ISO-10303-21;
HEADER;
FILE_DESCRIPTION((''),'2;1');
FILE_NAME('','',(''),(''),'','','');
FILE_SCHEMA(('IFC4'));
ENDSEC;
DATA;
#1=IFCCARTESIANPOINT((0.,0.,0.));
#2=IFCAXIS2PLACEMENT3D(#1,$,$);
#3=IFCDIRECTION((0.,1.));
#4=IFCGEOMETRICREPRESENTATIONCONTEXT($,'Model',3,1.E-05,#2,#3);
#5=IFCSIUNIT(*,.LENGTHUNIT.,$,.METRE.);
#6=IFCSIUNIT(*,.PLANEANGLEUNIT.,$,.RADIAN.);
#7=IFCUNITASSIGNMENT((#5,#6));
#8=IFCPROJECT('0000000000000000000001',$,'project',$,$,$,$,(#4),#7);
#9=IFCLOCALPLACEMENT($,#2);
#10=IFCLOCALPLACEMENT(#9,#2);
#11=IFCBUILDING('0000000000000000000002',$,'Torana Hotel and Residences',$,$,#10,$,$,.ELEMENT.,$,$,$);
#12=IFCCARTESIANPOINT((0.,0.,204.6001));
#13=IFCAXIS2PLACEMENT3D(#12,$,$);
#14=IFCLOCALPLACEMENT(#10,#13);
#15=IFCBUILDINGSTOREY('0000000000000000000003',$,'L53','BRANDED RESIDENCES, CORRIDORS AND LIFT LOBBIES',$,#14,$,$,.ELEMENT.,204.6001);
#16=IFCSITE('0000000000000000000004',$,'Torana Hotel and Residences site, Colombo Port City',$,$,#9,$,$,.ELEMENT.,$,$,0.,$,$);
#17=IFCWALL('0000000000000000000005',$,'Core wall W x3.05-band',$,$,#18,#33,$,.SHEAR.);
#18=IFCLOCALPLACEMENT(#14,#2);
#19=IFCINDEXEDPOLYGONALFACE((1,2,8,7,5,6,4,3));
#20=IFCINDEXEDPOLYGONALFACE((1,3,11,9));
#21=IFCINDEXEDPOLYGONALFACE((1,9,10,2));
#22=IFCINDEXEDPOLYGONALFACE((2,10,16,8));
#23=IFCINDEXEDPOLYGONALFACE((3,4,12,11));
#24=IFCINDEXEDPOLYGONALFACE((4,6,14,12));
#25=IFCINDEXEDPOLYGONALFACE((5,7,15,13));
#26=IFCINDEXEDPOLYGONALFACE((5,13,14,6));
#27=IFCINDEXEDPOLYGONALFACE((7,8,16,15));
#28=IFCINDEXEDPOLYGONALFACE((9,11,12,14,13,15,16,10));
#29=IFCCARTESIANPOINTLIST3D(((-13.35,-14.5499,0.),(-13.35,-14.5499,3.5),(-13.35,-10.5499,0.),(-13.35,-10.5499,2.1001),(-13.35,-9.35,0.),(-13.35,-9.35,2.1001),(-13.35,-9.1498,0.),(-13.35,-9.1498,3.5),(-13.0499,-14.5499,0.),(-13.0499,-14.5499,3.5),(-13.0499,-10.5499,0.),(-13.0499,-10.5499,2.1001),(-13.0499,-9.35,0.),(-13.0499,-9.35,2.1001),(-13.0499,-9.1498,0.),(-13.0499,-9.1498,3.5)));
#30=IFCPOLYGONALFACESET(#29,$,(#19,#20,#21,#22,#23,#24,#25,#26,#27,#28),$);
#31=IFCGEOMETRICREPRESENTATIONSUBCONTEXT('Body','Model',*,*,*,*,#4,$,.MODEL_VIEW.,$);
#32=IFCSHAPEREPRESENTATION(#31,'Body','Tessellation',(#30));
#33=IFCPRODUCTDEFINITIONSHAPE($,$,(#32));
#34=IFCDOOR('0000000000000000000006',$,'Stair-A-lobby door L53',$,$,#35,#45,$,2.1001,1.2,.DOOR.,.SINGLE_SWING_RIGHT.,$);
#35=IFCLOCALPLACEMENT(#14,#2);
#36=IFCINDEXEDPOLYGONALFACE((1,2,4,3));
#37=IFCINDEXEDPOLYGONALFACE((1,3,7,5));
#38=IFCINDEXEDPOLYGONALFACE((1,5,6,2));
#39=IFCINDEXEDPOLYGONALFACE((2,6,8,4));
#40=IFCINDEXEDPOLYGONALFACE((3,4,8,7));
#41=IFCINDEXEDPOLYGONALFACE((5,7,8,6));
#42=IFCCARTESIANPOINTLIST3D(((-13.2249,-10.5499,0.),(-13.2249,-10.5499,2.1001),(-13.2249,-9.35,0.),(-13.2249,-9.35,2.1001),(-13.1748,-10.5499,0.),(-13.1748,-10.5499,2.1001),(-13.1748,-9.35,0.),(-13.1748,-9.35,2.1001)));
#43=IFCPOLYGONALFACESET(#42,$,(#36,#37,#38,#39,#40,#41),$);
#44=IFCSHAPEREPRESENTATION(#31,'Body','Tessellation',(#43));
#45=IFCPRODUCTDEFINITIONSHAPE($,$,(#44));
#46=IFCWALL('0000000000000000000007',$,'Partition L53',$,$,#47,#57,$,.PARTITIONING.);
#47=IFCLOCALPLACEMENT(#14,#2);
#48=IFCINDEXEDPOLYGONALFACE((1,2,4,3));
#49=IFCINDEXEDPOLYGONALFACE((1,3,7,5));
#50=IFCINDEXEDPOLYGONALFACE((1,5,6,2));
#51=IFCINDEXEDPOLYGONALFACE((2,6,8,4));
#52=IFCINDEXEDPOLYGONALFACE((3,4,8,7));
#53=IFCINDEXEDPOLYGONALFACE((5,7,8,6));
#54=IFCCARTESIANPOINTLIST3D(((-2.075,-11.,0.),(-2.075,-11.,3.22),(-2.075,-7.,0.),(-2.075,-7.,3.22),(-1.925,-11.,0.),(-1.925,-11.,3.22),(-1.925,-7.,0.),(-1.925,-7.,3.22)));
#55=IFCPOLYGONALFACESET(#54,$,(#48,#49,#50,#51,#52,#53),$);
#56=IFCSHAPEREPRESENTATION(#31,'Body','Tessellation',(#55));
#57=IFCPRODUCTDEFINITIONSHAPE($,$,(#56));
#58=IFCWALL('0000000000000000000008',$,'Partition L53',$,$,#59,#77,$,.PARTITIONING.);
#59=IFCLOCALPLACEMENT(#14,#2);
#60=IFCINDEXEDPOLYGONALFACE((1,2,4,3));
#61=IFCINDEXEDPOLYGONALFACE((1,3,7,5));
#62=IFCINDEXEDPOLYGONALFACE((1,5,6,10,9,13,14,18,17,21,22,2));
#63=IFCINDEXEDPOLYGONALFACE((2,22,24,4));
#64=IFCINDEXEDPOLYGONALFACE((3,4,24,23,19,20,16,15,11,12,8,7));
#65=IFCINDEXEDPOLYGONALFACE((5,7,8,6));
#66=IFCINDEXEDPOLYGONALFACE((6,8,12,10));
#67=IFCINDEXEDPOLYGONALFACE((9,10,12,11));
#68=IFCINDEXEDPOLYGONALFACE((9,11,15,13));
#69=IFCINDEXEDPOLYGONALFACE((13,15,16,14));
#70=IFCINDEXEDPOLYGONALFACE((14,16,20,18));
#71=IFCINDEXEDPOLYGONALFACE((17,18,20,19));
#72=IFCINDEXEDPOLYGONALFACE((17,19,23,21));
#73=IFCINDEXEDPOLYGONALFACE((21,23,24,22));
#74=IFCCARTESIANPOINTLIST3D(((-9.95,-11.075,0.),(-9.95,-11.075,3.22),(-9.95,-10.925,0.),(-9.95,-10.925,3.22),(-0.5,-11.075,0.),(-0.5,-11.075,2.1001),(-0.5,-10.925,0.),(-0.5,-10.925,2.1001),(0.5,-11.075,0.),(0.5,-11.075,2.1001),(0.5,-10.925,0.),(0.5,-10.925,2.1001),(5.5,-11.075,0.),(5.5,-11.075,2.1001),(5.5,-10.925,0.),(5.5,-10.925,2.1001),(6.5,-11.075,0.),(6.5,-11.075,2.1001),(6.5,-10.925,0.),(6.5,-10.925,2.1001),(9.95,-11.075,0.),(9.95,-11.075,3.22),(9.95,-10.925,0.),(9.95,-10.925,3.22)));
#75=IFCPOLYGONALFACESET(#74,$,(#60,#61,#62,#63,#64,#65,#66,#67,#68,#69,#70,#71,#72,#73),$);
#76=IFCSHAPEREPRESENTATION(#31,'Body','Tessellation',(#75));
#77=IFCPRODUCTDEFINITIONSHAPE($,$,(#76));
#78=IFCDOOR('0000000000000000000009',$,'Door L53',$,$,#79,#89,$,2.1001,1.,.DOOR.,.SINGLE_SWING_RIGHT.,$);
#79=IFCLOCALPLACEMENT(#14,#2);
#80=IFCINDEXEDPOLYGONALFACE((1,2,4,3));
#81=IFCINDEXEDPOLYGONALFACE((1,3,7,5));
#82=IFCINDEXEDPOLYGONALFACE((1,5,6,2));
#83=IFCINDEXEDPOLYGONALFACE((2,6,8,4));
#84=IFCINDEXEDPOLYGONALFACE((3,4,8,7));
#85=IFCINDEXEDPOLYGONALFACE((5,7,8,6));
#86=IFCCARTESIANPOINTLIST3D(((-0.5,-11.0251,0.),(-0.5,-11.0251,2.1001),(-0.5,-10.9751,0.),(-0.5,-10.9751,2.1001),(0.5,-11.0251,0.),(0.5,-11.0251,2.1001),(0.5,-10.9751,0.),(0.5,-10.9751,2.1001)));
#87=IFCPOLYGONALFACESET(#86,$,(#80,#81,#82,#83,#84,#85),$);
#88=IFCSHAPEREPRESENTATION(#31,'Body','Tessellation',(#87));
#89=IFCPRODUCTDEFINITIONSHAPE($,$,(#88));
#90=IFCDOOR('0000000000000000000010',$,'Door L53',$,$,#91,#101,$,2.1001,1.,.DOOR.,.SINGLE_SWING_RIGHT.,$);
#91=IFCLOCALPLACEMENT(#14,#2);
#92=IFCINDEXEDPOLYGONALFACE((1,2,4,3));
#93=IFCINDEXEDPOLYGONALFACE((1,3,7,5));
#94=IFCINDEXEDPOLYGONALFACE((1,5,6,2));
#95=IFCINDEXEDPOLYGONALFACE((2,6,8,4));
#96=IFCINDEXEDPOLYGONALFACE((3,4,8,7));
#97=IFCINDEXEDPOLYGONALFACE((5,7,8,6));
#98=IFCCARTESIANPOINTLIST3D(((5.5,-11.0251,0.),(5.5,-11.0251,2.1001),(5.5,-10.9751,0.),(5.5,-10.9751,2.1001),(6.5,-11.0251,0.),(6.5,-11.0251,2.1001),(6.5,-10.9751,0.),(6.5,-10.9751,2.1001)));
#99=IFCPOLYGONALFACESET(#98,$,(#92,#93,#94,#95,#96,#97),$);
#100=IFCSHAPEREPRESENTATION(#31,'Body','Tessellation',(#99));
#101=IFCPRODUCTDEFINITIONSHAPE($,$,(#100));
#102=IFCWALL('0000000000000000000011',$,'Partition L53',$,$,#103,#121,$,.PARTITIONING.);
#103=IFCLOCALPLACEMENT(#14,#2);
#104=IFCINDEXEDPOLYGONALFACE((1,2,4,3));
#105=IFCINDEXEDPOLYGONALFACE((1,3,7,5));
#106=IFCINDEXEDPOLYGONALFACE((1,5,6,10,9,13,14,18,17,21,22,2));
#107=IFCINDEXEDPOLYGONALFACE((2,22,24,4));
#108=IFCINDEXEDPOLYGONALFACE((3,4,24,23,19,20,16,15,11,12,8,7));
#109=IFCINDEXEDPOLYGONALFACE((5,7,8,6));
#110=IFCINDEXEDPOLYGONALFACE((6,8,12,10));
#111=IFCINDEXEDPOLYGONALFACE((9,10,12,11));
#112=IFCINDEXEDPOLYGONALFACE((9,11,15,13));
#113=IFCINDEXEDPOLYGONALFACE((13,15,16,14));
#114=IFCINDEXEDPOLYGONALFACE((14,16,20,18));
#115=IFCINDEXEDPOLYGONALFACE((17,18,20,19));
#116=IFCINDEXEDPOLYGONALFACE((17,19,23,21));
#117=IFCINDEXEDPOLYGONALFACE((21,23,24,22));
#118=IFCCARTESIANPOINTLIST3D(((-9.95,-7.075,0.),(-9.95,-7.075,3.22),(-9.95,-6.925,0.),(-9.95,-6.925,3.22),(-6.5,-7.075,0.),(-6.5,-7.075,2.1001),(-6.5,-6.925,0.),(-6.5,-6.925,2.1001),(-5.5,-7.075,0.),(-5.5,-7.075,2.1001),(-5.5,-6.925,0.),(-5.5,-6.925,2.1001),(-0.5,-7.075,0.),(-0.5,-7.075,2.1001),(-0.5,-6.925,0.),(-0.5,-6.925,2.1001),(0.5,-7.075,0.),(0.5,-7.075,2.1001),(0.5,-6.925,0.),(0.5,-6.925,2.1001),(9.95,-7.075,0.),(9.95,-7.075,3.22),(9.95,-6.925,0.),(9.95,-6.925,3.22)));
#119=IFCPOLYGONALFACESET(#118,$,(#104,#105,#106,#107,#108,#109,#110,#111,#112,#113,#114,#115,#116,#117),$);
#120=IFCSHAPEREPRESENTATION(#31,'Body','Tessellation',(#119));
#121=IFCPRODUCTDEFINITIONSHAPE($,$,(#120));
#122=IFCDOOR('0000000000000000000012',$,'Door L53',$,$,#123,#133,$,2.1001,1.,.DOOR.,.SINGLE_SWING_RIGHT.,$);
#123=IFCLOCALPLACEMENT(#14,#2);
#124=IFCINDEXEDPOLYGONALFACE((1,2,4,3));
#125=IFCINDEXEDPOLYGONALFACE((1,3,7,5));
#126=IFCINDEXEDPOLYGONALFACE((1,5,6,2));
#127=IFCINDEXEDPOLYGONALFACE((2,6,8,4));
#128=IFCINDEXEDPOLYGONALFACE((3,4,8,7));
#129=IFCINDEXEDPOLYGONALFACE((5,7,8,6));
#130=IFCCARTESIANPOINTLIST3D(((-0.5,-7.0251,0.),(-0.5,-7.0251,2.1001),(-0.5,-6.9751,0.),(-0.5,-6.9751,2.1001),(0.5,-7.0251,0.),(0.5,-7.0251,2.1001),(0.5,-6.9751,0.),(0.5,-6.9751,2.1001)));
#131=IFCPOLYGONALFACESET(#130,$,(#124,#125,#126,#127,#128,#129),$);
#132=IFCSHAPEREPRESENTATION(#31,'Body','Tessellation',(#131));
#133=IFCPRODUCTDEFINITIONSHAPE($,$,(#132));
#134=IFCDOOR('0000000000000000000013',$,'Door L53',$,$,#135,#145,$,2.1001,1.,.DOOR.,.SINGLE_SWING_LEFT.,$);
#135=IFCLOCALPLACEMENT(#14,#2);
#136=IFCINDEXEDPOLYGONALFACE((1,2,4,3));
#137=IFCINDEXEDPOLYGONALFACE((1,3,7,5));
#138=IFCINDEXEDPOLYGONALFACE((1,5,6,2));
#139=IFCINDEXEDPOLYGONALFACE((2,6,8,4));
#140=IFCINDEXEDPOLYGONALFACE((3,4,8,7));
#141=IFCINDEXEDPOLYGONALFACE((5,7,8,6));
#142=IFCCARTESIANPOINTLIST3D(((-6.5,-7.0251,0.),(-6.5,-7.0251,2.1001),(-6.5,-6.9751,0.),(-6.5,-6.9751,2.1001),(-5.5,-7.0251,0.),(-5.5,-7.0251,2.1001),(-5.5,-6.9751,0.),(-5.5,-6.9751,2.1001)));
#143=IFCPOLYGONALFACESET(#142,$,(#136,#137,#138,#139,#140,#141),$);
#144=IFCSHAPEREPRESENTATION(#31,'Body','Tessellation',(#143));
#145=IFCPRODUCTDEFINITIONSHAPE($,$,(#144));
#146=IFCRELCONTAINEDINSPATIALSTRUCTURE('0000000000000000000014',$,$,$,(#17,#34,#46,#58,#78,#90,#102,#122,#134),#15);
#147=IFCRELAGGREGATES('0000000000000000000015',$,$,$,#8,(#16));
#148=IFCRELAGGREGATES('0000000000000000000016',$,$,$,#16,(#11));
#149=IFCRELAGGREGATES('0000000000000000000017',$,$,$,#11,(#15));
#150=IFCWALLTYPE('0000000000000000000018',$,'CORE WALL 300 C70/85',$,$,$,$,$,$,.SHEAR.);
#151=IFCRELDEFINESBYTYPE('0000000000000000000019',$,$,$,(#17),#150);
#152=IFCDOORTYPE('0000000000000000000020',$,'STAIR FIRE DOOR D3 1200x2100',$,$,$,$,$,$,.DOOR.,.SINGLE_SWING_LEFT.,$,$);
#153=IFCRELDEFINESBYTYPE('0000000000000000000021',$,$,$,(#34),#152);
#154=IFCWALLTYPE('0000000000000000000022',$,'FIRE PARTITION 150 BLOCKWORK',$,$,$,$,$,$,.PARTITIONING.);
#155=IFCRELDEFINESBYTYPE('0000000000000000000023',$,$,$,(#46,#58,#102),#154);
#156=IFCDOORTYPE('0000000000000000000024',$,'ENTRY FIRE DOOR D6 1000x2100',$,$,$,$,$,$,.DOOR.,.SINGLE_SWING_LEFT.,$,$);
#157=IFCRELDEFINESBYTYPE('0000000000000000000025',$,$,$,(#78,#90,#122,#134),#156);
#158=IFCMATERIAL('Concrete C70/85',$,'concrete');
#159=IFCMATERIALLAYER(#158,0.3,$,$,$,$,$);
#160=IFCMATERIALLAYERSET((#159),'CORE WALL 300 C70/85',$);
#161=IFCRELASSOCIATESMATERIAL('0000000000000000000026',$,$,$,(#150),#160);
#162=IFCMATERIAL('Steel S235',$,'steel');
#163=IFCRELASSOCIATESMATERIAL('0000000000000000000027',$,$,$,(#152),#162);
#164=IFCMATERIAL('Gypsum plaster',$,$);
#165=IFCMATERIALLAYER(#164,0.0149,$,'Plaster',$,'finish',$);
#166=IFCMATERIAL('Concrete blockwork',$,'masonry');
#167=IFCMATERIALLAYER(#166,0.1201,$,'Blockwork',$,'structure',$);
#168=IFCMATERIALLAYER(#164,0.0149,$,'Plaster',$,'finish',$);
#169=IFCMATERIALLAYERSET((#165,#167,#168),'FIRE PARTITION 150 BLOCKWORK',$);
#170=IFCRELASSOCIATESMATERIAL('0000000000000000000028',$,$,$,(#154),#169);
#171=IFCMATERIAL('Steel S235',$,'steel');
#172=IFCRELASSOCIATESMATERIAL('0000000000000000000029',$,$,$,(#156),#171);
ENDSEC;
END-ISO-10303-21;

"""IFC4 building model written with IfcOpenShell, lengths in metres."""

from ifc_helpers import new_model, si_unit, direction, frame, frame_2d, origin, place, context, subcontext, project, spatial, rectangle, extrude, material, layer, layer_set, type_object, element, fill, save


model = new_model("IFC4")

# Units and contexts
model_context = context("Model", 3, precision=1e-05, world=origin(), true_north=direction((0.0, 1.0)))
body_context = subcontext(model_context, "Body", "Model", "MODEL_VIEW")
ifc_project = project(units=[si_unit("LENGTHUNIT", "METRE"), si_unit("PLANEANGLEUNIT", "RADIAN")], contexts=[model_context])

# Site, building, storey
site_placement = place(None, origin())
site = spatial("IfcSite", under=ifc_project, at=site_placement, Name="Torana Hotel and Residences site, Colombo Port City", CompositionType="ELEMENT", RefElevation=0.0)
building_placement = place(site_placement, origin())
building = spatial("IfcBuilding", under=site, at=building_placement, Name="Torana Hotel and Residences", CompositionType="ELEMENT")
storey_placement = place(building_placement, frame((0.0, 0.0, 204.6001)))
storey = spatial("IfcBuildingStorey", under=building, at=storey_placement, Name="L53", Description="BRANDED RESIDENCES, CORRIDORS AND LIFT LOBBIES", CompositionType="ELEMENT", Elevation=204.6001)

# Shared definitions
ifc_material_1 = material(Name="Concrete C70/85", Category="concrete")
ifc_layer_1 = layer(ifc_material_1, 0.3)
ifc_layer_set_1 = layer_set([ifc_layer_1], Name="CORE WALL 300 C70/85")
wall_type_1 = type_object("IfcWallType", Name="CORE WALL 300 C70/85", PredefinedType="SHEAR", material=ifc_layer_set_1)

# Wall, opening, door
wall_1_placement = place(storey_placement, frame((-13.2, -14.55, 0.0), z_axis=(0.0, 0.0, 1.0), x_axis=(0.0, 1.0, 0.0)))
wall_1 = element("IfcWall", 1, at=wall_1_placement, inside=storey, type_object=wall_type_1, Name="Core wall W x3.05-band", PredefinedType="SHEAR", context=body_context, shape_type="SweptSolid", body=[
    extrude(rectangle(XDim=5.4001, YDim=0.3, at=frame_2d((2.7002, 0.0))), origin(), (0.0, 0.0, 1.0), 3.5),
])
opening_1_placement = place(wall_1_placement, frame((4.0, 0.0, 0.0)))
opening_1 = element("IfcOpeningElement", 2, at=opening_1_placement, cuts=wall_1, PredefinedType="OPENING", context=body_context, shape_type="SweptSolid", body=[
    extrude(rectangle(XDim=1.2, YDim=2.1001, at=frame_2d((0.6001, 1.05))), frame((0.0, 0.1599, 0.0), z_axis=(0.0, -1.0, 0.0), x_axis=(1.0, 0.0, 0.0)), (0.0, 0.0, 1.0), 0.3201),
])
ifc_material_2 = material(Name="Steel S235", Category="steel")
door_type_1 = type_object("IfcDoorType", Name="STAIR FIRE DOOR D3 1200x2100", OperationType="SINGLE_SWING_LEFT", PredefinedType="DOOR", material=ifc_material_2)
door_1_placement = place(opening_1_placement, frame((0.6001, 0.0, 0.0), z_axis=(0.0, 0.0, 1.0), x_axis=(-1.0, 0.0, 0.0)))
door_1 = element("IfcDoor", 3, at=door_1_placement, inside=storey, type_object=door_type_1, Name="Stair-A-lobby door L53", OperationType="SINGLE_SWING_RIGHT", OverallHeight=2.1001, OverallWidth=1.2, PredefinedType="DOOR", context=body_context, shape_type="SweptSolid", body=[
    extrude(rectangle(XDim=1.2, YDim=2.1001, at=frame_2d((0.0, 1.05))), frame((0.0, -0.0249, 0.0), z_axis=(0.0, 1.0, 0.0), x_axis=(-1.0, 0.0, 0.0)), (0.0, 0.0, 1.0), 0.05),
])
fill(opening_1, door_1)

# Wall
ifc_material_3 = material(Name="Gypsum plaster")
ifc_layer_2 = layer(ifc_material_3, 0.0149, Name="Plaster", Category="finish")
ifc_material_4 = material(Name="Concrete blockwork", Category="masonry")
ifc_layer_3 = layer(ifc_material_4, 0.1201, Name="Blockwork", Category="structure")
ifc_layer_4 = layer(ifc_material_3, 0.0149, Name="Plaster", Category="finish")
ifc_layer_set_2 = layer_set([ifc_layer_2, ifc_layer_3, ifc_layer_4], Name="FIRE PARTITION 150 BLOCKWORK")
wall_type_2 = type_object("IfcWallType", Name="FIRE PARTITION 150 BLOCKWORK", PredefinedType="PARTITIONING", material=ifc_layer_set_2)
wall_2_placement = place(storey_placement, frame((-2.0, -11.0, 0.0), z_axis=(0.0, 0.0, 1.0), x_axis=(0.0, 1.0, 0.0)))
element("IfcWall", 4, at=wall_2_placement, inside=storey, type_object=wall_type_2, Name="Partition L53", PredefinedType="PARTITIONING", context=body_context, shape_type="SweptSolid", body=[
    extrude(rectangle(XDim=4.0, YDim=0.1499, at=frame_2d((2.0, 0.0))), origin(), (0.0, 0.0, 1.0), 3.22),
])

# Walls, openings, doors
wall_3_placement = place(storey_placement, frame((-9.95, -11.0, 0.0), z_axis=(0.0, 0.0, 1.0), x_axis=(1.0, 0.0, 0.0)))
wall_3 = element("IfcWall", 5, at=wall_3_placement, inside=storey, type_object=wall_type_2, Name="Partition L53", PredefinedType="PARTITIONING", context=body_context, shape_type="SweptSolid", body=[
    extrude(rectangle(XDim=19.8999, YDim=0.1499, at=frame_2d((9.95, 0.0))), origin(), (0.0, 0.0, 1.0), 3.22),
])
opening_2_placement = place(wall_3_placement, frame((9.45, 0.0, 0.0)))
opening_2 = element("IfcOpeningElement", 6, at=opening_2_placement, cuts=wall_3, PredefinedType="OPENING", context=body_context, shape_type="SweptSolid", body=[
    extrude(rectangle(XDim=1.0, YDim=2.1001, at=frame_2d((0.5, 1.05))), frame((0.0, 0.085, 0.0), z_axis=(0.0, -1.0, 0.0), x_axis=(1.0, 0.0, 0.0)), (0.0, 0.0, 1.0), 0.1699),
])
opening_3_placement = place(wall_3_placement, frame((15.45, 0.0, 0.0)))
opening_3 = element("IfcOpeningElement", 7, at=opening_3_placement, cuts=wall_3, PredefinedType="OPENING", context=body_context, shape_type="SweptSolid", body=[
    extrude(rectangle(XDim=1.0, YDim=2.1001, at=frame_2d((0.5, 1.05))), frame((0.0, 0.085, 0.0), z_axis=(0.0, -1.0, 0.0), x_axis=(1.0, 0.0, 0.0)), (0.0, 0.0, 1.0), 0.1699),
])
ifc_material_5 = material(Name="Steel S235", Category="steel")
door_type_2 = type_object("IfcDoorType", Name="ENTRY FIRE DOOR D6 1000x2100", OperationType="SINGLE_SWING_LEFT", PredefinedType="DOOR", material=ifc_material_5)
door_2_placement = place(opening_2_placement, origin())
door_2 = element("IfcDoor", 8, at=door_2_placement, inside=storey, type_object=door_type_2, Name="Door L53", OperationType="SINGLE_SWING_RIGHT", OverallHeight=2.1001, OverallWidth=1.0, PredefinedType="DOOR", context=body_context, shape_type="SweptSolid", body=[
    extrude(rectangle(XDim=1.0, YDim=2.1001, at=frame_2d((0.5, 1.05))), frame((0.0, 0.0249, 0.0), z_axis=(0.0, -1.0, 0.0), x_axis=(1.0, 0.0, 0.0)), (0.0, 0.0, 1.0), 0.05),
])
fill(opening_2, door_2)
door_3_placement = place(opening_3_placement, origin())
door_3 = element("IfcDoor", 9, at=door_3_placement, inside=storey, type_object=door_type_2, Name="Door L53", OperationType="SINGLE_SWING_RIGHT", OverallHeight=2.1001, OverallWidth=1.0, PredefinedType="DOOR", context=body_context, shape_type="SweptSolid", body=[
    extrude(rectangle(XDim=1.0, YDim=2.1001, at=frame_2d((0.5, 1.05))), frame((0.0, 0.0249, 0.0), z_axis=(0.0, -1.0, 0.0), x_axis=(1.0, 0.0, 0.0)), (0.0, 0.0, 1.0), 0.05),
])
fill(opening_3, door_3)
wall_4_placement = place(storey_placement, frame((-9.95, -7.0, 0.0), z_axis=(0.0, 0.0, 1.0), x_axis=(1.0, 0.0, 0.0)))
wall_4 = element("IfcWall", 10, at=wall_4_placement, inside=storey, type_object=wall_type_2, Name="Partition L53", PredefinedType="PARTITIONING", context=body_context, shape_type="SweptSolid", body=[
    extrude(rectangle(XDim=19.8999, YDim=0.1499, at=frame_2d((9.95, 0.0))), origin(), (0.0, 0.0, 1.0), 3.22),
])
opening_4_placement = place(wall_4_placement, frame((9.45, 0.0, 0.0)))
opening_4 = element("IfcOpeningElement", 11, at=opening_4_placement, cuts=wall_4, PredefinedType="OPENING", context=body_context, shape_type="SweptSolid", body=[
    extrude(rectangle(XDim=1.0, YDim=2.1001, at=frame_2d((0.5, 1.05))), frame((0.0, 0.085, 0.0), z_axis=(0.0, -1.0, 0.0), x_axis=(1.0, 0.0, 0.0)), (0.0, 0.0, 1.0), 0.1699),
])
opening_5_placement = place(wall_4_placement, frame((3.45, 0.0, 0.0)))
opening_5 = element("IfcOpeningElement", 12, at=opening_5_placement, cuts=wall_4, PredefinedType="OPENING", context=body_context, shape_type="SweptSolid", body=[
    extrude(rectangle(XDim=1.0, YDim=2.1001, at=frame_2d((0.5, 1.05))), frame((0.0, 0.085, 0.0), z_axis=(0.0, -1.0, 0.0), x_axis=(1.0, 0.0, 0.0)), (0.0, 0.0, 1.0), 0.1699),
])
door_4_placement = place(opening_4_placement, origin())
door_4 = element("IfcDoor", 13, at=door_4_placement, inside=storey, type_object=door_type_2, Name="Door L53", OperationType="SINGLE_SWING_RIGHT", OverallHeight=2.1001, OverallWidth=1.0, PredefinedType="DOOR", context=body_context, shape_type="SweptSolid", body=[
    extrude(rectangle(XDim=1.0, YDim=2.1001, at=frame_2d((0.5, 1.05))), frame((0.0, 0.0249, 0.0), z_axis=(0.0, -1.0, 0.0), x_axis=(1.0, 0.0, 0.0)), (0.0, 0.0, 1.0), 0.05),
])
fill(opening_4, door_4)
door_5_placement = place(opening_5_placement, frame((0.5, 0.0, 0.0), z_axis=(0.0, 0.0, 1.0), x_axis=(-1.0, 0.0, 0.0)))
door_5 = element("IfcDoor", 14, at=door_5_placement, inside=storey, type_object=door_type_2, Name="Door L53", OperationType="SINGLE_SWING_LEFT", OverallHeight=2.1001, OverallWidth=1.0, PredefinedType="DOOR", context=body_context, shape_type="SweptSolid", body=[
    extrude(rectangle(XDim=1.0, YDim=2.1001, at=frame_2d((0.0, 1.05))), frame((0.0, -0.0249, 0.0), z_axis=(0.0, 1.0, 0.0), x_axis=(-1.0, 0.0, 0.0)), (0.0, 0.0, 1.0), 0.05),
])
fill(opening_5, door_5)

save(model, "model.ifc")
